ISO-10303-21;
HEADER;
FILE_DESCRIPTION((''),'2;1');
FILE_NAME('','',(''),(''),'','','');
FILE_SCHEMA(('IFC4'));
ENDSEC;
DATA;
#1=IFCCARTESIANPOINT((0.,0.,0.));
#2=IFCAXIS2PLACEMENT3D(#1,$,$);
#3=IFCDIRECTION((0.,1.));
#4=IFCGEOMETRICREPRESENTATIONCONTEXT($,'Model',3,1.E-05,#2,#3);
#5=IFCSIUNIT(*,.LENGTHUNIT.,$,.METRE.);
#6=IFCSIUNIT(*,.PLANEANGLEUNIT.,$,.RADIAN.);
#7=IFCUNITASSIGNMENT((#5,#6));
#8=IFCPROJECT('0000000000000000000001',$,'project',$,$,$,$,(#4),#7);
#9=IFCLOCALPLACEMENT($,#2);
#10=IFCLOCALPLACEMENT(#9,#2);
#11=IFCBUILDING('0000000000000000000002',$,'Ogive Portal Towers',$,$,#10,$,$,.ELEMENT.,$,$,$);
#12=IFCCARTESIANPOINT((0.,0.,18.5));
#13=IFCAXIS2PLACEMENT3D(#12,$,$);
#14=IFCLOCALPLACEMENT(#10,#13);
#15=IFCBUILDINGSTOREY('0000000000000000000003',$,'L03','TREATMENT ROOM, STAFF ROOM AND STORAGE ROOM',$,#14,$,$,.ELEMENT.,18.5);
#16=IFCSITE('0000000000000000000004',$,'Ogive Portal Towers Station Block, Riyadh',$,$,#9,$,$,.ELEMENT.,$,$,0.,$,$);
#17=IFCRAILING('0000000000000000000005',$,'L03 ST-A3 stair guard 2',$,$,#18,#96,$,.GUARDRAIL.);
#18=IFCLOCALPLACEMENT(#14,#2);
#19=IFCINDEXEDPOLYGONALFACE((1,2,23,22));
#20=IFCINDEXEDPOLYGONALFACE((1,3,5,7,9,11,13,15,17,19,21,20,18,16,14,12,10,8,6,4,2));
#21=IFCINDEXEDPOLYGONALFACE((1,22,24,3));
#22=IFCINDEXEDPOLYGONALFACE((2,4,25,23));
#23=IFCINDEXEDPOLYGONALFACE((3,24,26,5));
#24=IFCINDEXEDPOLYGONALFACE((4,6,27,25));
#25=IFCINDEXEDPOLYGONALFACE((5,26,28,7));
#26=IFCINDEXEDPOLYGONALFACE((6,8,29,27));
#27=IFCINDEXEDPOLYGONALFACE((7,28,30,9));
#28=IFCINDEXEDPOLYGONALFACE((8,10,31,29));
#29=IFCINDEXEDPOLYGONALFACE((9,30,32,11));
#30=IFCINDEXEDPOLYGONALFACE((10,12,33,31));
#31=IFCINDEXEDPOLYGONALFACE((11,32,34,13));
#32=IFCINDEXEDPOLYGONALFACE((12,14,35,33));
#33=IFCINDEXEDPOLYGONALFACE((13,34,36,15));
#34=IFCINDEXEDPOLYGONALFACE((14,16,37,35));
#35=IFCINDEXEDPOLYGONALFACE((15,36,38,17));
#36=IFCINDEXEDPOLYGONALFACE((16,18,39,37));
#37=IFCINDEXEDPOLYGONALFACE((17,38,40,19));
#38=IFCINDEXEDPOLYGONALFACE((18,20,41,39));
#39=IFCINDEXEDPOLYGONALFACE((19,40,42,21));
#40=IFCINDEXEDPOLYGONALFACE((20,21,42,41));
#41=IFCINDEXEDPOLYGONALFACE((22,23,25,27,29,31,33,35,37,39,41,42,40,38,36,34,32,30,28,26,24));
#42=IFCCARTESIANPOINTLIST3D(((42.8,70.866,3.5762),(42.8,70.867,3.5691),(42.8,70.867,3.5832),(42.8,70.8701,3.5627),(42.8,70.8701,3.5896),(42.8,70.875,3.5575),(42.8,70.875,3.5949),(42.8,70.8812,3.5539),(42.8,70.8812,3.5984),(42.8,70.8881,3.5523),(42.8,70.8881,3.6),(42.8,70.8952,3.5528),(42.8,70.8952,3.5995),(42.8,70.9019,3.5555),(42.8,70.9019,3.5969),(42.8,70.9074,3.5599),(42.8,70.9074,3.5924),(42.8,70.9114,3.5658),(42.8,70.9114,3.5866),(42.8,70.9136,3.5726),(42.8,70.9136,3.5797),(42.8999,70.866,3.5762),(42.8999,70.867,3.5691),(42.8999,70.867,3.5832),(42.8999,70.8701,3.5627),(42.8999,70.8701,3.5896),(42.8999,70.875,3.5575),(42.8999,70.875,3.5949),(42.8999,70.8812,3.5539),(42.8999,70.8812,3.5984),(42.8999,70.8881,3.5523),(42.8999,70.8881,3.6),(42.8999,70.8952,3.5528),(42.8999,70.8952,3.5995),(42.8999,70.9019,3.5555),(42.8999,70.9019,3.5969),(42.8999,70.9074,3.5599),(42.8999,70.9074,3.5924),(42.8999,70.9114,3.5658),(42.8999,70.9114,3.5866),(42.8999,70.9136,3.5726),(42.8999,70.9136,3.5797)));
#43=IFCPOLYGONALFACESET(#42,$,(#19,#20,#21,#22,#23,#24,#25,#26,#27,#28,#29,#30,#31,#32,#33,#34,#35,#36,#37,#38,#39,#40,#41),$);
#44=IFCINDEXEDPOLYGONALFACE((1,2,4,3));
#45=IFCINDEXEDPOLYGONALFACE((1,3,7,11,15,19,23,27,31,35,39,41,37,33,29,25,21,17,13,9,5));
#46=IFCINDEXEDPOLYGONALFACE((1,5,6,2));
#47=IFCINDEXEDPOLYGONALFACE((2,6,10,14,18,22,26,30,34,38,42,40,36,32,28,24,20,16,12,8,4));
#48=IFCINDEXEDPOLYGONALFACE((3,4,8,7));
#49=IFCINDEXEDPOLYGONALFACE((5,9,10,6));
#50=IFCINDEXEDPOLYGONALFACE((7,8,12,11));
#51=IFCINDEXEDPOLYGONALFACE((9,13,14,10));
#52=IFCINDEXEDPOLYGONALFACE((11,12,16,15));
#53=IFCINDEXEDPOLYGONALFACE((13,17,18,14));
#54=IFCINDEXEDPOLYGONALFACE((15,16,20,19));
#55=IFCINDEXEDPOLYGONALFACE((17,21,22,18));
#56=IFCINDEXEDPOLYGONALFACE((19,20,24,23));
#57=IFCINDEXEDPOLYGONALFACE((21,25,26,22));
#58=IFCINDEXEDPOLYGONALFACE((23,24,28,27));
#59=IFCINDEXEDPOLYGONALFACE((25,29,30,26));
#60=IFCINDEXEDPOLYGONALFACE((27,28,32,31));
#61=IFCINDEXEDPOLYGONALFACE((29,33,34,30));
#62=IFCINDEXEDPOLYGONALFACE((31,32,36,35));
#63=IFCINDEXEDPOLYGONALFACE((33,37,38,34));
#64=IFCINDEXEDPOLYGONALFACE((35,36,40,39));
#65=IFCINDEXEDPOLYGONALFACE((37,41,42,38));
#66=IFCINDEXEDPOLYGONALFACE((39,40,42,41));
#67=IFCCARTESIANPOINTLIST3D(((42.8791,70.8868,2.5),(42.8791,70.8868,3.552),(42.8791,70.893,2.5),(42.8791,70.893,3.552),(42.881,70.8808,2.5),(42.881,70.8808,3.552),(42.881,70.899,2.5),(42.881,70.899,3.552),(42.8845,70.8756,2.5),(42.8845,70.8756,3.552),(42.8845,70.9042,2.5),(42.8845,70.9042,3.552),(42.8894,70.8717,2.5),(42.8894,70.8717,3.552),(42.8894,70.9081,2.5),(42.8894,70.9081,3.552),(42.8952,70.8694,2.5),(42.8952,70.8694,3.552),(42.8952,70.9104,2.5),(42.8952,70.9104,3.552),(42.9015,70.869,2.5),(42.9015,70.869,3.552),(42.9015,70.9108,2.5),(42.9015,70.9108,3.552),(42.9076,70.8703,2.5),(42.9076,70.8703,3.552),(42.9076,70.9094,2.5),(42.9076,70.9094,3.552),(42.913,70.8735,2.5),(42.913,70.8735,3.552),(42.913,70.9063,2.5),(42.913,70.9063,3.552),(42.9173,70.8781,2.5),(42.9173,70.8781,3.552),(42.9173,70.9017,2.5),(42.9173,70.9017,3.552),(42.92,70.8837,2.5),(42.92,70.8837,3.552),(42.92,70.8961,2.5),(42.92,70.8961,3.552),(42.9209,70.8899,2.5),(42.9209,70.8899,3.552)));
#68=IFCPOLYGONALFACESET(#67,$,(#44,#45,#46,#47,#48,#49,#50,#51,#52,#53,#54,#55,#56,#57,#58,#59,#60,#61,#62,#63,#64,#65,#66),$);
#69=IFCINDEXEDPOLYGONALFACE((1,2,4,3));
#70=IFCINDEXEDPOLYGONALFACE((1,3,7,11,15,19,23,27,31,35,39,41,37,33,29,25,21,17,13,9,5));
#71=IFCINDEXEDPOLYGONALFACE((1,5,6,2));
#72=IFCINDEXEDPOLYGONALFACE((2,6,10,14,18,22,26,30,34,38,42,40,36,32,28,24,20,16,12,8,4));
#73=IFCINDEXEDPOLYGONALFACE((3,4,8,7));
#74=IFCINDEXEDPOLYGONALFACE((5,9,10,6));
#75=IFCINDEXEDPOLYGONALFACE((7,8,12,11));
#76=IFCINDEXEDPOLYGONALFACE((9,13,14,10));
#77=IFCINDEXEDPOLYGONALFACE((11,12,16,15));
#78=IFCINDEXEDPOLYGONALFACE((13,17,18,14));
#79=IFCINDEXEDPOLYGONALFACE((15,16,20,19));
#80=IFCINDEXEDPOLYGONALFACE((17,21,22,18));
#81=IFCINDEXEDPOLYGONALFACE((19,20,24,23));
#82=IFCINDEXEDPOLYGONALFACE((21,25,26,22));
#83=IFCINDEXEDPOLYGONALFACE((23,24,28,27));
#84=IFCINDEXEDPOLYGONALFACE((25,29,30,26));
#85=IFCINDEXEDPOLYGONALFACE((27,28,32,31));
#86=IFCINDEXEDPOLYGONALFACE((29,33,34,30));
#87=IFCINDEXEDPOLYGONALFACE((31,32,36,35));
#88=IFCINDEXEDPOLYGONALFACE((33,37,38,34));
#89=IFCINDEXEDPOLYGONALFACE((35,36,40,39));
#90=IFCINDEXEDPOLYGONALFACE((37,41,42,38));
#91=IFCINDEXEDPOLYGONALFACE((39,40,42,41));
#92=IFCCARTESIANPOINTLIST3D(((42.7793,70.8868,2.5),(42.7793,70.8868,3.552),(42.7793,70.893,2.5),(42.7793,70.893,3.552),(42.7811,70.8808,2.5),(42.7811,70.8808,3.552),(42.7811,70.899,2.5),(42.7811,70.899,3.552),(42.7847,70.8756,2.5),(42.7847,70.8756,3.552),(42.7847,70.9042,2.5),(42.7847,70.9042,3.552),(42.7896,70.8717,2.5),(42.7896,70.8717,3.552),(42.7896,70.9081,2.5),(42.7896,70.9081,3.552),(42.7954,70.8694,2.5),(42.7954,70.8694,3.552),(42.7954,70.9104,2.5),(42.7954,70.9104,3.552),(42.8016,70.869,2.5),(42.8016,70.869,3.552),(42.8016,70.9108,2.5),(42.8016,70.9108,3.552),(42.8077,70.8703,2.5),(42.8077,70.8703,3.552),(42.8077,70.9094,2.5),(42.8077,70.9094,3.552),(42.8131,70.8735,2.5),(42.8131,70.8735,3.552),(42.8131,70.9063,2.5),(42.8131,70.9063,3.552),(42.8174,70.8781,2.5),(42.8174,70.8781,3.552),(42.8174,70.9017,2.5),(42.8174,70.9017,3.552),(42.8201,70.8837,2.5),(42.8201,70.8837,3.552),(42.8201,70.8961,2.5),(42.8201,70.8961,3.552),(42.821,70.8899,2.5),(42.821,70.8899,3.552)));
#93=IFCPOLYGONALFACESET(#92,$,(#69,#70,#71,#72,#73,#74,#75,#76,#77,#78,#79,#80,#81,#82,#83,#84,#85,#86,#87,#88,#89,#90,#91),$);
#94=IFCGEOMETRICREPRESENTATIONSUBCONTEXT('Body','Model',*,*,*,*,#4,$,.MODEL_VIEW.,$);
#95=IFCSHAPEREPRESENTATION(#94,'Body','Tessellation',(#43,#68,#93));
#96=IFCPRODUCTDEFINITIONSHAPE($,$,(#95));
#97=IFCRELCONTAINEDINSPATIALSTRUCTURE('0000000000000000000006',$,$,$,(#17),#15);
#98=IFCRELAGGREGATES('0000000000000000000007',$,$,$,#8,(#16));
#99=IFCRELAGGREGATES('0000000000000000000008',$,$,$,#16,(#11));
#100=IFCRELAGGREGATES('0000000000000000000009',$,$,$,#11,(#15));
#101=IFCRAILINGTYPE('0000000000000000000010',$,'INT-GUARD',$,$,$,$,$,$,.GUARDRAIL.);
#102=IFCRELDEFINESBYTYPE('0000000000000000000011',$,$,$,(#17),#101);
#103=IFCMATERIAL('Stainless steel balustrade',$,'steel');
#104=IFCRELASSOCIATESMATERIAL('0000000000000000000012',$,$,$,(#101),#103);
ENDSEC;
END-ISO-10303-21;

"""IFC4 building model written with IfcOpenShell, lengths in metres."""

from ifc_helpers import new_model, si_unit, direction, frame, origin, origin_2d, place, context, subcontext, project, spatial, circle, extrude, material, type_object, element, save


model = new_model("IFC4")

# Units and contexts
model_context = context("Model", 3, precision=1e-05, world=origin(), true_north=direction((0.0, 1.0)))
body_context = subcontext(model_context, "Body", "Model", "MODEL_VIEW")
ifc_project = project(units=[si_unit("LENGTHUNIT", "METRE"), si_unit("PLANEANGLEUNIT", "RADIAN")], contexts=[model_context])

# Site, building, storey
site_placement = place(None, origin())
site = spatial("IfcSite", under=ifc_project, at=site_placement, Name="Ogive Portal Towers Station Block, Riyadh", CompositionType="ELEMENT", RefElevation=0.0)
building_placement = place(site_placement, origin())
building = spatial("IfcBuilding", under=site, at=building_placement, Name="Ogive Portal Towers", CompositionType="ELEMENT")
storey_placement = place(building_placement, frame((0.0, 0.0, 18.5)))
storey = spatial("IfcBuildingStorey", under=building, at=storey_placement, Name="L03", Description="TREATMENT ROOM, STAFF ROOM AND STORAGE ROOM", CompositionType="ELEMENT", Elevation=18.5)

# Railing
ifc_material_1 = material(Name="Stainless steel balustrade", Category="steel")
railing_type_1 = type_object("IfcRailingType", Name="INT-GUARD", PredefinedType="GUARDRAIL", material=ifc_material_1)
railing_1_placement = place(storey_placement, frame((42.8999, 70.8899, 2.5)))
element("IfcRailing", 1, at=railing_1_placement, inside=storey, type_object=railing_type_1, Name="L03 ST-A3 stair guard 2", PredefinedType="GUARDRAIL", context=body_context, shape_type="SweptSolid", body=[
    extrude(circle(Radius=0.0239, at=origin_2d()), frame((0.0, 0.0, 1.0762), z_axis=(-1.0, 0.0, 0.0), x_axis=(0.0, -1.0, 0.0)), (0.0, 0.0, 1.0), 0.0999),
    extrude(circle(Radius=0.021, at=origin_2d()), origin(), (0.0, 0.0, 1.0), 1.052),
    extrude(circle(Radius=0.021, at=origin_2d()), frame((-0.0999, 0.0, 0.0)), (0.0, 0.0, 1.0), 1.052),
])

save(model, "model.ifc")
